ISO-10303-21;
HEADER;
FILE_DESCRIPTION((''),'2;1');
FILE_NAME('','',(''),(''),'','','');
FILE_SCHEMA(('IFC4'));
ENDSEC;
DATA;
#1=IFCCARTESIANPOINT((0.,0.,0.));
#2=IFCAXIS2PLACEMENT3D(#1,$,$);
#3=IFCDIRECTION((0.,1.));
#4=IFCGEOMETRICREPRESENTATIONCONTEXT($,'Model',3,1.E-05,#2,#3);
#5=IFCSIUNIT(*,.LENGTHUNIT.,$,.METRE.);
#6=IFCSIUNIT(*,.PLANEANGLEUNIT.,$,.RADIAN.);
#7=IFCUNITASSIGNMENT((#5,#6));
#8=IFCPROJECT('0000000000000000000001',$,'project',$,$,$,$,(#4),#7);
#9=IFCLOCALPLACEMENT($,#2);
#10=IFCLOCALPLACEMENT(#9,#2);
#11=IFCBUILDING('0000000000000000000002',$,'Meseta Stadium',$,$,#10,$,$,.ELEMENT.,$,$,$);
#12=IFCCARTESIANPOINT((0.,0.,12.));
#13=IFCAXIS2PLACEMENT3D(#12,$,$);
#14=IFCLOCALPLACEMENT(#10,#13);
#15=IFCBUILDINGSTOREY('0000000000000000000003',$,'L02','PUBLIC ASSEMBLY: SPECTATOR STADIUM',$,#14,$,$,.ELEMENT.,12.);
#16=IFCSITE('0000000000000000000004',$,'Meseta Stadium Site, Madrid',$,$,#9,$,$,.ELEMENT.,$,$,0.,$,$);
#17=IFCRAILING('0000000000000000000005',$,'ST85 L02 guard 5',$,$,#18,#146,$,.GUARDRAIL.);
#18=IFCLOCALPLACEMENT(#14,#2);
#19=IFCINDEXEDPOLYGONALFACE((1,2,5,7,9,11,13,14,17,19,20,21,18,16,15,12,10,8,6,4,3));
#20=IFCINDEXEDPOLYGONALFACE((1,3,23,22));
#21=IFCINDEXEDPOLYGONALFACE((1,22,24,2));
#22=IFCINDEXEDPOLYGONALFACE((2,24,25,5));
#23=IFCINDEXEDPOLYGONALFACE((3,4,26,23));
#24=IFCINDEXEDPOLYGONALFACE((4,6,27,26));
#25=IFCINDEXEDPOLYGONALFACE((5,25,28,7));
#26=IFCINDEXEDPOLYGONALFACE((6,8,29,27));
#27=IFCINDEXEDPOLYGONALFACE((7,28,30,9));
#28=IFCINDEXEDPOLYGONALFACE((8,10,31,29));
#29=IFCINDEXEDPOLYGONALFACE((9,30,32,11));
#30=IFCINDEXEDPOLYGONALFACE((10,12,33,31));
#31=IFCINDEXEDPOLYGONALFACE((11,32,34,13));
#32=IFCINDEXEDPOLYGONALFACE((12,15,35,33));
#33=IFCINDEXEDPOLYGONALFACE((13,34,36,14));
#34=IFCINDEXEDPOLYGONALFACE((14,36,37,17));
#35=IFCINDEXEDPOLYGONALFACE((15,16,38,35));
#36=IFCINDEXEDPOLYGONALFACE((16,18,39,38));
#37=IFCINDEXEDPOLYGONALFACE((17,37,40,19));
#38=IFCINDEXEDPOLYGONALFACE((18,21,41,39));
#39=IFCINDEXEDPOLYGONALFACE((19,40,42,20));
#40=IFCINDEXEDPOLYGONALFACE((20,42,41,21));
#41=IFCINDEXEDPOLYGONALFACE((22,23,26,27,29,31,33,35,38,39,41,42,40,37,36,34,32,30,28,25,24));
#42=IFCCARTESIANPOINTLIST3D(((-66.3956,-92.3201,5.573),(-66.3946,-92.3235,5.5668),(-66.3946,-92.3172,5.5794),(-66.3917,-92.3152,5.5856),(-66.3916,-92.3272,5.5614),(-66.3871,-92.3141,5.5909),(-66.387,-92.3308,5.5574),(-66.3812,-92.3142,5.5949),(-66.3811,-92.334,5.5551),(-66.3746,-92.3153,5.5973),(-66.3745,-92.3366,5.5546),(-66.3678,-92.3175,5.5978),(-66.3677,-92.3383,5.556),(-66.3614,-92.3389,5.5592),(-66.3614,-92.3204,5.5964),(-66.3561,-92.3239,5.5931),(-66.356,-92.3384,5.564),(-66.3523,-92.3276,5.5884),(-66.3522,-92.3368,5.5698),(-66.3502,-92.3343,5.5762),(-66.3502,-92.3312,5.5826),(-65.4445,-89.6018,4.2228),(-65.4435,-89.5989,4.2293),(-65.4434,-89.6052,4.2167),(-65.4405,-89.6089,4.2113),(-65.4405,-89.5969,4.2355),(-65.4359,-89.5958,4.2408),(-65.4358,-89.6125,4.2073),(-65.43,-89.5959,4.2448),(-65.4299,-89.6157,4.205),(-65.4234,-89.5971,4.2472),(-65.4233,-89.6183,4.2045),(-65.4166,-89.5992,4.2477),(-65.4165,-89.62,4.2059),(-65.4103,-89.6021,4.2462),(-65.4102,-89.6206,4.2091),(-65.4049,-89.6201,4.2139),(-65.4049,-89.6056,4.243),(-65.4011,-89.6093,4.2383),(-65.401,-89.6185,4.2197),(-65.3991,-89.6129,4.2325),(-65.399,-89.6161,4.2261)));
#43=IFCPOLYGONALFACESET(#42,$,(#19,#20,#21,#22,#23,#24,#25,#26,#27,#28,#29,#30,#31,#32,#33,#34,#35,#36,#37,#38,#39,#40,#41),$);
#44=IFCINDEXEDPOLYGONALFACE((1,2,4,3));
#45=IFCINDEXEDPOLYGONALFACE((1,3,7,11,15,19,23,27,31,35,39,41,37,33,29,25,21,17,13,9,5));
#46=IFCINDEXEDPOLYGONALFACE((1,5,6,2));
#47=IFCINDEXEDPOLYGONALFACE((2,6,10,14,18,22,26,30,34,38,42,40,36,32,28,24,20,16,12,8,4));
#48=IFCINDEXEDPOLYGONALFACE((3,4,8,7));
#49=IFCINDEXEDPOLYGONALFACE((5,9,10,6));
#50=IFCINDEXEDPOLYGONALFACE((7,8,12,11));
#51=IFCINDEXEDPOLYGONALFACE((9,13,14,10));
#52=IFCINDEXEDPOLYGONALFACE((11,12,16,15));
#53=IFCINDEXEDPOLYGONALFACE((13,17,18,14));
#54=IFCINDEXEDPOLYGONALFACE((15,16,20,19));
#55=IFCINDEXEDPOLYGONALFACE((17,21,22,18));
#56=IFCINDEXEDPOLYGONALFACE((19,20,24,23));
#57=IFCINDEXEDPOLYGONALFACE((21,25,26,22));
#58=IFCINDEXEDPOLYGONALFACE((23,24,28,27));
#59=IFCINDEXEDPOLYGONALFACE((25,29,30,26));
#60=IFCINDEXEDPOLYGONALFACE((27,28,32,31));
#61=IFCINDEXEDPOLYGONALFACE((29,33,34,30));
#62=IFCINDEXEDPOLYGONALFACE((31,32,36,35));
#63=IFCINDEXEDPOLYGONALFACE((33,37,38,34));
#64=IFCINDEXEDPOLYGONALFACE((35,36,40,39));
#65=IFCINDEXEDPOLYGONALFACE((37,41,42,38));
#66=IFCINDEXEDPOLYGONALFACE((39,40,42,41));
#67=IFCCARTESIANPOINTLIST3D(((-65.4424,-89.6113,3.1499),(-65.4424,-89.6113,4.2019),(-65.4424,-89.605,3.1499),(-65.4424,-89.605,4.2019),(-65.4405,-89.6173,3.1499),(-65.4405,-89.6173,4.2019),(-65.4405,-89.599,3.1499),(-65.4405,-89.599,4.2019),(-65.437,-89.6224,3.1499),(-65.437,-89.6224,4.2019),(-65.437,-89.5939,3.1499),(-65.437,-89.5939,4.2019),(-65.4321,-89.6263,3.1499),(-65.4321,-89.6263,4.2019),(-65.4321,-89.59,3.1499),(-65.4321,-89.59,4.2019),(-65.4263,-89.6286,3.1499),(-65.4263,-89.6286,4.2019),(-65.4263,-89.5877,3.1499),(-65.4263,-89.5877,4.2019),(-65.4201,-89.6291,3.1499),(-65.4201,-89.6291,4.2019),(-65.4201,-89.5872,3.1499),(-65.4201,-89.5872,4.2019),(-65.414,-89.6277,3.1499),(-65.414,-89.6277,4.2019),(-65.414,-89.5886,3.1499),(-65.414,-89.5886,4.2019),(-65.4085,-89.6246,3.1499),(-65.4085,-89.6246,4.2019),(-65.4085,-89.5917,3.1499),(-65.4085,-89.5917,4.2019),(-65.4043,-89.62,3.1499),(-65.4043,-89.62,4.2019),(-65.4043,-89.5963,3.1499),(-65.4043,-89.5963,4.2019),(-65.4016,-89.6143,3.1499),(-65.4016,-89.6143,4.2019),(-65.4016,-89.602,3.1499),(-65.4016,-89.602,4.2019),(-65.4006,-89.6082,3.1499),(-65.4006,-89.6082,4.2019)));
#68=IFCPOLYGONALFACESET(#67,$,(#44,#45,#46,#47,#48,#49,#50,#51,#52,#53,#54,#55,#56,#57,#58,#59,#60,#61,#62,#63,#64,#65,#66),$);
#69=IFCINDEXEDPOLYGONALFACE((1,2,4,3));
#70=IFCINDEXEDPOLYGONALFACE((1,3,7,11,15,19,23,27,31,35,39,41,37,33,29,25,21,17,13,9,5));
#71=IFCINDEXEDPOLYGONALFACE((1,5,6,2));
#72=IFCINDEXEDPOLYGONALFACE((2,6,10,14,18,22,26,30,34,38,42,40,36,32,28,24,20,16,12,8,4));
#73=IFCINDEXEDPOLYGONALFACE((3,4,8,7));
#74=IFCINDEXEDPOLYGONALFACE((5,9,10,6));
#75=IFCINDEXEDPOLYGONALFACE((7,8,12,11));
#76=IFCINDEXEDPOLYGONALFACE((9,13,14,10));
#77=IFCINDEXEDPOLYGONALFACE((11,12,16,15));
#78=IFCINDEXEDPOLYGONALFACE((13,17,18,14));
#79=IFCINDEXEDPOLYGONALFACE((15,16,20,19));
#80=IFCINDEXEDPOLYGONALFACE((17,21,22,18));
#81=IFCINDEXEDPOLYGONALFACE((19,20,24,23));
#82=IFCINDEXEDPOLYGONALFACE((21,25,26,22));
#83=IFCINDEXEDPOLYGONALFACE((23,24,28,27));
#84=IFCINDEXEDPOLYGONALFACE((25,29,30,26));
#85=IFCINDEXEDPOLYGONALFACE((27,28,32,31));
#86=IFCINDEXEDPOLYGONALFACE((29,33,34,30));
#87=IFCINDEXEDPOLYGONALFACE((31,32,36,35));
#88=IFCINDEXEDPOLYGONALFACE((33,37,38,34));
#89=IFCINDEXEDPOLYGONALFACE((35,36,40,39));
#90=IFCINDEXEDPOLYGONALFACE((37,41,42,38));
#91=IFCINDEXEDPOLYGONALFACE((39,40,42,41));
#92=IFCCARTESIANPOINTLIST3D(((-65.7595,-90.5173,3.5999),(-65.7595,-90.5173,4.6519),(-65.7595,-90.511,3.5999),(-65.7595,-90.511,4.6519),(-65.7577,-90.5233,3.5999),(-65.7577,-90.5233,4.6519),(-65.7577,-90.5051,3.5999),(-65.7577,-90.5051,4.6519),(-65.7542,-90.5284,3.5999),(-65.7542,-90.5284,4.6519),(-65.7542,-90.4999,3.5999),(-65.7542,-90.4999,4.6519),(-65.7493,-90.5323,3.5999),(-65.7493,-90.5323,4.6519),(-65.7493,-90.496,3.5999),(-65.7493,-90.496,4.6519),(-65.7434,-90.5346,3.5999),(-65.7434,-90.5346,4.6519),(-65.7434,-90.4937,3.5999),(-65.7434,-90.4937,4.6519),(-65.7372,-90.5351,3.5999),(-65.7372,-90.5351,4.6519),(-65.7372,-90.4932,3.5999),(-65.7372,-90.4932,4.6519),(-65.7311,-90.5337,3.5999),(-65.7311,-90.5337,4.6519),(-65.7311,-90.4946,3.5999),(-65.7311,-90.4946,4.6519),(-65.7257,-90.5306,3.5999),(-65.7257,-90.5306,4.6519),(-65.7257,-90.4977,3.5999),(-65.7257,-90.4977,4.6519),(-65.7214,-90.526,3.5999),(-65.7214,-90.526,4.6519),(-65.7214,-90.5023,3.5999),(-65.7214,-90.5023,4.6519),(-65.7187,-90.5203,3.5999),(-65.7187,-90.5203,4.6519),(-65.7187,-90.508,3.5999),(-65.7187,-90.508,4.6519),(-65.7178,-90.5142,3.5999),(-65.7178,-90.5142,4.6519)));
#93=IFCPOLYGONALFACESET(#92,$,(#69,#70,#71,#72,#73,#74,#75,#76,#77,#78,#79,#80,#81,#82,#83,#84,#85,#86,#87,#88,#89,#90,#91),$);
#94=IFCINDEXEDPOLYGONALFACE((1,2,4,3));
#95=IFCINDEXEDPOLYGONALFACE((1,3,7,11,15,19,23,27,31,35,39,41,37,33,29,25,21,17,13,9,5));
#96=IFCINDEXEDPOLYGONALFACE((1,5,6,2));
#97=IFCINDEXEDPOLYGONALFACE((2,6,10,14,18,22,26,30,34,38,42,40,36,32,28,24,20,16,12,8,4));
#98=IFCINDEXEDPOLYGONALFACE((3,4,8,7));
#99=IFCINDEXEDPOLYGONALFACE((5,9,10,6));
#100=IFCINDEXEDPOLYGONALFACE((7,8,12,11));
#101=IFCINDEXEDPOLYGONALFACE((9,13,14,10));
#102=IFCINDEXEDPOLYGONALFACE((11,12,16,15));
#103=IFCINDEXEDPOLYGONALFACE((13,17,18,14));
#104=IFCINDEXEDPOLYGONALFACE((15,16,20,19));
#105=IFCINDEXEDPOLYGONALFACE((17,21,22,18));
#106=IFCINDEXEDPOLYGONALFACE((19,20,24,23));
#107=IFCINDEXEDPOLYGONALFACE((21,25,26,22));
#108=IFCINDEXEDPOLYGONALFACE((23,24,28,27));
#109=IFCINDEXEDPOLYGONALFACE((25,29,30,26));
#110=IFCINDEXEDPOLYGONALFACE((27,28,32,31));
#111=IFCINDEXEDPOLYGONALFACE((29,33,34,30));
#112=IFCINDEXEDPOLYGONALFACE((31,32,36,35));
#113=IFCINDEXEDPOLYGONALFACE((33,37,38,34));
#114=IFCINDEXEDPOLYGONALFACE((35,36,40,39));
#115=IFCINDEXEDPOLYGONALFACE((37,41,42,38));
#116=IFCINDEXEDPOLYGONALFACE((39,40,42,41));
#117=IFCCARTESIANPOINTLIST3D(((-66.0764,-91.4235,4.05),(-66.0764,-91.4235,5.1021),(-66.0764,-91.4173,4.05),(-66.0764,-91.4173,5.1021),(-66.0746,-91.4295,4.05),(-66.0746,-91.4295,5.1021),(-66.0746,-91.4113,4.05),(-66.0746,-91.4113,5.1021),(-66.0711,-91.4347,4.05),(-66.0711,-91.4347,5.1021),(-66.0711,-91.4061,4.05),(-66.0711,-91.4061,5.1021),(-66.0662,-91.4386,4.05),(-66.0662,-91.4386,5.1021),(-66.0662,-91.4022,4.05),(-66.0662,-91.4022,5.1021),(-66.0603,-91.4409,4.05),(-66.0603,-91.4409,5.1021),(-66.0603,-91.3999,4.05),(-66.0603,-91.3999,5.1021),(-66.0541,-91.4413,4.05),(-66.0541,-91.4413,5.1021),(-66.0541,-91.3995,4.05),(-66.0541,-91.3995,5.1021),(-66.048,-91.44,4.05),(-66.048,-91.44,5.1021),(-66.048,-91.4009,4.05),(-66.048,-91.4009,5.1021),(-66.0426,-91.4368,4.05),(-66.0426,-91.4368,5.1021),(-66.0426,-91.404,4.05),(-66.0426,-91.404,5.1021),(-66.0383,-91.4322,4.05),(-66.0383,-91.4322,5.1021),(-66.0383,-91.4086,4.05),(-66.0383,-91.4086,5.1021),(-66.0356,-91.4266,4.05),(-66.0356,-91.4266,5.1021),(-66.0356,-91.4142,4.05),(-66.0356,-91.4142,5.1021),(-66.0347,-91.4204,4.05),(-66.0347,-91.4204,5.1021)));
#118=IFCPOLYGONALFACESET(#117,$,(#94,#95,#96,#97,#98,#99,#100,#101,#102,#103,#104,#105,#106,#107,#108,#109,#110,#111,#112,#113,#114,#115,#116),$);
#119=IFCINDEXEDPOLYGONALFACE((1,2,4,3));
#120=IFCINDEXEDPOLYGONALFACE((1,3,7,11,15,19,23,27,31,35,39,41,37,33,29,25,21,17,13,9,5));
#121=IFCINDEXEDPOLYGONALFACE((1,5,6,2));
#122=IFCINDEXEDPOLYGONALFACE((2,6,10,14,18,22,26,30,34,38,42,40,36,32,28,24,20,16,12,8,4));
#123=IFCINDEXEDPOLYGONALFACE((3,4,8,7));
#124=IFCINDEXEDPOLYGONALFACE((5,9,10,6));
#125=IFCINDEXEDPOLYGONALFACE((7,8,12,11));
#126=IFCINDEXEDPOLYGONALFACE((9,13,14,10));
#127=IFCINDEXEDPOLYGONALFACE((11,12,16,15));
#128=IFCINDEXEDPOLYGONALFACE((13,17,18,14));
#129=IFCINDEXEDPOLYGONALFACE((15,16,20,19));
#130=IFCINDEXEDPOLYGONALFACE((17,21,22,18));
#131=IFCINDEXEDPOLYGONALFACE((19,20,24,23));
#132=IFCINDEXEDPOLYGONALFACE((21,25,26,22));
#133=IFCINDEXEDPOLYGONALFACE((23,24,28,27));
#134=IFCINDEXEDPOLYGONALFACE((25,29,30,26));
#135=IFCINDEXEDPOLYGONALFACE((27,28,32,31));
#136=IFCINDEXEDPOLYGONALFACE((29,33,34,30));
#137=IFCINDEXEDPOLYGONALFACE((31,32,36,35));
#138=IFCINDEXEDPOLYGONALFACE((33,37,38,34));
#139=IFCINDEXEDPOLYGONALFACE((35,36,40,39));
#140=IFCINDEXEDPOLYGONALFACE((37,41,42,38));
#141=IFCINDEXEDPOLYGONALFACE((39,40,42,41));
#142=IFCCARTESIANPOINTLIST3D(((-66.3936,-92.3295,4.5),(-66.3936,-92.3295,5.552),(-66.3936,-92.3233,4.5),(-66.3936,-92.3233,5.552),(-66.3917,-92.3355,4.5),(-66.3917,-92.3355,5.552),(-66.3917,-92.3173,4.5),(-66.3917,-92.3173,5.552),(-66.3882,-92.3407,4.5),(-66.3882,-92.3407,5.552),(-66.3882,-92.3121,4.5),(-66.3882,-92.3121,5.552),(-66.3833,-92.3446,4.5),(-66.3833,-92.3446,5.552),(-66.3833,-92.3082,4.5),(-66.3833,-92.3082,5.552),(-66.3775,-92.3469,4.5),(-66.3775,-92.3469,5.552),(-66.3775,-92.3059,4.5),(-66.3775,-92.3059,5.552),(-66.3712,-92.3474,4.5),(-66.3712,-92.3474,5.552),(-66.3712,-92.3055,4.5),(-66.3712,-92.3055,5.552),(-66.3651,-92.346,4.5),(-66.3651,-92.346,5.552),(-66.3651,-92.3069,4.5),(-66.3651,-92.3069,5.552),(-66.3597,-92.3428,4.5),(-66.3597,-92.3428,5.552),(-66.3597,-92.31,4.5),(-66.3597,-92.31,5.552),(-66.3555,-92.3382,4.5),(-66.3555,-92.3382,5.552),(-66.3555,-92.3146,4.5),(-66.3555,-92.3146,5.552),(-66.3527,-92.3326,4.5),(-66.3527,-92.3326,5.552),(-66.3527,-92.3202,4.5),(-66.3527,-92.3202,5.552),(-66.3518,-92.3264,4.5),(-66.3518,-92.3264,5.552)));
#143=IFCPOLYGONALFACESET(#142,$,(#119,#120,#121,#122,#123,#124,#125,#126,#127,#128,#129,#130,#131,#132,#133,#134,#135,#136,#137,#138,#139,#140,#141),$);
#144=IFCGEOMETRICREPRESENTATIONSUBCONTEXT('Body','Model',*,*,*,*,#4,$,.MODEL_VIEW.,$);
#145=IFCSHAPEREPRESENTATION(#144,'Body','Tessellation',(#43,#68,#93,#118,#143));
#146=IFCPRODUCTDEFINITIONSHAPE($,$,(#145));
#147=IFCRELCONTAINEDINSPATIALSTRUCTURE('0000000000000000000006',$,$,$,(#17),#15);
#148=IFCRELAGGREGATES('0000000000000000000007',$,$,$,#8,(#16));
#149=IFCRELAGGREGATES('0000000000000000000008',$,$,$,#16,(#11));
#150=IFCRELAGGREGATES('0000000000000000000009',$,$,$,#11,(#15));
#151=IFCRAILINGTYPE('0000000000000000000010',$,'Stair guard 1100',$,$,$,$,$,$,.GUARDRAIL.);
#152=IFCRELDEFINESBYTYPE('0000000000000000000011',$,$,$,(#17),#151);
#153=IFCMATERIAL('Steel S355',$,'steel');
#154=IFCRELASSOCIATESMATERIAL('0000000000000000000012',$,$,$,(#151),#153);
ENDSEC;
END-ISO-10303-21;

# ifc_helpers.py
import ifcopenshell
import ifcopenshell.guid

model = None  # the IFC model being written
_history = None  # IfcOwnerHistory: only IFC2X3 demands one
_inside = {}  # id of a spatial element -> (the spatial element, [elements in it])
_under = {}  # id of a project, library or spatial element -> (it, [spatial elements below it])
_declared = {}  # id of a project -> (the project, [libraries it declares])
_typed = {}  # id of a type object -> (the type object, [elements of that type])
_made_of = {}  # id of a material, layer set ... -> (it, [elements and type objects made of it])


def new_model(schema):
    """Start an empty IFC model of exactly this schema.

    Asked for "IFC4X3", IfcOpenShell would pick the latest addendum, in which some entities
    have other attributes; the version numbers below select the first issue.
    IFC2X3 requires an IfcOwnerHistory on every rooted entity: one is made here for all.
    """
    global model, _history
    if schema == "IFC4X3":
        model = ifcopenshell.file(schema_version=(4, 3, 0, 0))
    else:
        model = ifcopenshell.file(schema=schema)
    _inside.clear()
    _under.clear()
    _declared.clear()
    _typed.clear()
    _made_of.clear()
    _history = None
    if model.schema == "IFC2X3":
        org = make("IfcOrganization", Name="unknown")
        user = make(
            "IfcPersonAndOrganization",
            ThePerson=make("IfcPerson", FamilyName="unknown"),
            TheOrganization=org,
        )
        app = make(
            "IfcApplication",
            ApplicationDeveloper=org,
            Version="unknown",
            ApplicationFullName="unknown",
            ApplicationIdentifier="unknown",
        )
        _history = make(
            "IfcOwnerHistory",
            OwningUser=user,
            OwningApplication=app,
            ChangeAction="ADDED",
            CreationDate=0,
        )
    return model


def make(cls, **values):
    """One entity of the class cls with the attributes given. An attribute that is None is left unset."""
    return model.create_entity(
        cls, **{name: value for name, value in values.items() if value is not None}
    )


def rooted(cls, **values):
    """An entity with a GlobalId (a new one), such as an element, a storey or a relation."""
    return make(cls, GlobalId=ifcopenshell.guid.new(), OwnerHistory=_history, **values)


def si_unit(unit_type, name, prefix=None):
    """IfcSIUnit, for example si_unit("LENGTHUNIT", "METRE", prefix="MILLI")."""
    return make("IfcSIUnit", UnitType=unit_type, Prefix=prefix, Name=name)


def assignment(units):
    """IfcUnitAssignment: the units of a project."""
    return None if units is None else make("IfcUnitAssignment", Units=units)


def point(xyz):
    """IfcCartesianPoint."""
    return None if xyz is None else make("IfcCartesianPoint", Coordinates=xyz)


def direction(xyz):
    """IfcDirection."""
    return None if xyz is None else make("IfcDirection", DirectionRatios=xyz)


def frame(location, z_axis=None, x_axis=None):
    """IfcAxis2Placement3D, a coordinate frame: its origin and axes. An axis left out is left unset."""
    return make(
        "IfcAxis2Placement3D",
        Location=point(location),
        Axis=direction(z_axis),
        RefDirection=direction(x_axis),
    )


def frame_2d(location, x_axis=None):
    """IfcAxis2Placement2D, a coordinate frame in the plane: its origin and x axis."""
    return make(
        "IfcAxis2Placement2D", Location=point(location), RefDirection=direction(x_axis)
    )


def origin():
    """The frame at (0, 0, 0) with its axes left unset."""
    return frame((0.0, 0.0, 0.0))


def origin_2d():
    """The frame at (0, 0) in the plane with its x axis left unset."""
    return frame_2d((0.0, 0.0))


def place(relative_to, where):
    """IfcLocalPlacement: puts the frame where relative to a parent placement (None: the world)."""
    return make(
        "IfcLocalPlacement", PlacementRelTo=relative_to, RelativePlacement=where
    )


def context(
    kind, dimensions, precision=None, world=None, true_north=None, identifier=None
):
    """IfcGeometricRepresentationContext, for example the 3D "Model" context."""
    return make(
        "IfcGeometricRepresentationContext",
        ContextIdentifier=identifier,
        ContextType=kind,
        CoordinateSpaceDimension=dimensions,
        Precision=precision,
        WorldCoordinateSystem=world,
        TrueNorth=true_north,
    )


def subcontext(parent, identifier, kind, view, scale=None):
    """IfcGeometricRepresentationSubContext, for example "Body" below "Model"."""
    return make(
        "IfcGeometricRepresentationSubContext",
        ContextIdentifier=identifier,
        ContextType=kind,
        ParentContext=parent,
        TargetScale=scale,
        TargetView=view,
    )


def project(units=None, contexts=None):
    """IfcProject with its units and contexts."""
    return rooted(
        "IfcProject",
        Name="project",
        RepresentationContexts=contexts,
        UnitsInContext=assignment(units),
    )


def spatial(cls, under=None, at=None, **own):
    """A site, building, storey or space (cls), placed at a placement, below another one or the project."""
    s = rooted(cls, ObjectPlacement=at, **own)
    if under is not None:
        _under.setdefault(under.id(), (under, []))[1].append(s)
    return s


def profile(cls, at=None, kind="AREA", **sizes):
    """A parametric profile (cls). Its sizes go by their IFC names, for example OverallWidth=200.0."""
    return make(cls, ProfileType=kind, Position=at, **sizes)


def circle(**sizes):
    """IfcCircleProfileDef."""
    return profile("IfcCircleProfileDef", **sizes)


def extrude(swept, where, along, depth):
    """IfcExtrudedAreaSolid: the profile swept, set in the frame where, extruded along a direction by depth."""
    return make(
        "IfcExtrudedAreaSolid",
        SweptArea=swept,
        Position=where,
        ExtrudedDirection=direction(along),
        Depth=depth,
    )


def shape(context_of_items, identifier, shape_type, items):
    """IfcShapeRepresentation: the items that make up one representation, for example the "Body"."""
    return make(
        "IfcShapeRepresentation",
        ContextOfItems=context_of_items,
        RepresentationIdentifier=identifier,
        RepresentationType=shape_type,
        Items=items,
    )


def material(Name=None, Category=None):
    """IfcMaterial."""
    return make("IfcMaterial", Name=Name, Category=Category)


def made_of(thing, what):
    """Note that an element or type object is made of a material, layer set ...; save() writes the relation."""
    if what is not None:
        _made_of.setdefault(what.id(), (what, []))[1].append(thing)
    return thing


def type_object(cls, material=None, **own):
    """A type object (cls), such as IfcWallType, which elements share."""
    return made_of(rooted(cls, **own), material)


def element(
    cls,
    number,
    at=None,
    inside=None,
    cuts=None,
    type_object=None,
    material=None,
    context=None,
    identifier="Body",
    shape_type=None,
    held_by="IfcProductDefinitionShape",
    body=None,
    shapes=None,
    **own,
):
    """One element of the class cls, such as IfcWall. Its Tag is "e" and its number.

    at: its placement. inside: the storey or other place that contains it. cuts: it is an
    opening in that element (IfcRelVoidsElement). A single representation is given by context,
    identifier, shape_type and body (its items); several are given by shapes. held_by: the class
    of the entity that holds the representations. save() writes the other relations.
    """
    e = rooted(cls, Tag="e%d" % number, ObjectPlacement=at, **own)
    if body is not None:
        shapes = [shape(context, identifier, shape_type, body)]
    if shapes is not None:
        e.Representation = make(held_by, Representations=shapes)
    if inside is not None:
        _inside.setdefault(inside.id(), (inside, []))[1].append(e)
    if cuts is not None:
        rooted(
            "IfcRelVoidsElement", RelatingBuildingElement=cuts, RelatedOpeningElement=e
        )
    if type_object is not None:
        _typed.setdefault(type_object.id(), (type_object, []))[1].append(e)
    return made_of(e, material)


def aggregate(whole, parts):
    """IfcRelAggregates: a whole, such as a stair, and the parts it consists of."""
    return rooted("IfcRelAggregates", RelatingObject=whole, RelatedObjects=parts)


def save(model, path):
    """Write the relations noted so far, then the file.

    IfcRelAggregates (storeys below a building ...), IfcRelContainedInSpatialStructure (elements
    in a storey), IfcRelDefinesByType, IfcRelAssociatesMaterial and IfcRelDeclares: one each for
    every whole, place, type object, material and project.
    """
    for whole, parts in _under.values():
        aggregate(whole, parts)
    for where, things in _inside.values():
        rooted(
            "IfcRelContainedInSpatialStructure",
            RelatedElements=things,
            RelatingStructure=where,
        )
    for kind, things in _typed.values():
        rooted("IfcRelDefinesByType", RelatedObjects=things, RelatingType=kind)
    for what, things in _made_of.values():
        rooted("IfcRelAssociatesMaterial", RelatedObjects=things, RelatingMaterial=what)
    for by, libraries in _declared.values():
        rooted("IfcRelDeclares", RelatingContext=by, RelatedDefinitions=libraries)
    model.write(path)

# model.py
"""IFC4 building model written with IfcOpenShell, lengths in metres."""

from ifc_helpers import new_model, si_unit, direction, frame, origin, origin_2d, place, context, subcontext, project, spatial, circle, extrude, material, type_object, element, save


model = new_model("IFC4")

# Units and contexts
model_context = context("Model", 3, precision=1e-05, world=origin(), true_north=direction((0.0, 1.0)))
body_context = subcontext(model_context, "Body", "Model", "MODEL_VIEW")
ifc_project = project(units=[si_unit("LENGTHUNIT", "METRE"), si_unit("PLANEANGLEUNIT", "RADIAN")], contexts=[model_context])

# Site, building, storey
site_placement = place(None, origin())
site = spatial("IfcSite", under=ifc_project, at=site_placement, Name="Meseta Stadium Site, Madrid", CompositionType="ELEMENT", RefElevation=0.0)
building_placement = place(site_placement, origin())
building = spatial("IfcBuilding", under=site, at=building_placement, Name="Meseta Stadium", CompositionType="ELEMENT")
storey_placement = place(building_placement, frame((0.0, 0.0, 12.0)))
storey = spatial("IfcBuildingStorey", under=building, at=storey_placement, Name="L02", Description="PUBLIC ASSEMBLY: SPECTATOR STADIUM", CompositionType="ELEMENT", Elevation=12.0)

# Railing
ifc_material_1 = material(Name="Steel S355", Category="steel")
railing_type_1 = type_object("IfcRailingType", Name="Stair guard 1100", PredefinedType="GUARDRAIL", material=ifc_material_1)
railing_1_placement = place(storey_placement, frame((-65.4216, -89.6082, 3.1499)))
element("IfcRailing", 1, at=railing_1_placement, inside=storey, type_object=railing_type_1, Name="ST85 L02 guard 5", PredefinedType="GUARDRAIL", context=body_context, shape_type="SweptSolid", body=[
    extrude(circle(Radius=0.0239, at=origin_2d()), frame((0.0, 0.0, 1.0762), z_axis=(-0.299051, -0.854629, 0.424474), x_axis=(0.943882, -0.330282, 0.0)), (0.0, 0.0, 1.0), 3.1807),
    extrude(circle(Radius=0.021, at=origin_2d()), origin(), (0.0, 0.0, 1.0), 1.052),
    extrude(circle(Radius=0.021, at=origin_2d()), frame((-0.3171, -0.906, 0.45)), (0.0, 0.0, 1.0), 1.052),
    extrude(circle(Radius=0.021, at=origin_2d()), frame((-0.634, -1.8123, 0.9001)), (0.0, 0.0, 1.0), 1.052),
    extrude(circle(Radius=0.021, at=origin_2d()), frame((-0.9512, -2.7183, 1.3501)), (0.0, 0.0, 1.0), 1.052),
])

save(model, "model.ifc")
